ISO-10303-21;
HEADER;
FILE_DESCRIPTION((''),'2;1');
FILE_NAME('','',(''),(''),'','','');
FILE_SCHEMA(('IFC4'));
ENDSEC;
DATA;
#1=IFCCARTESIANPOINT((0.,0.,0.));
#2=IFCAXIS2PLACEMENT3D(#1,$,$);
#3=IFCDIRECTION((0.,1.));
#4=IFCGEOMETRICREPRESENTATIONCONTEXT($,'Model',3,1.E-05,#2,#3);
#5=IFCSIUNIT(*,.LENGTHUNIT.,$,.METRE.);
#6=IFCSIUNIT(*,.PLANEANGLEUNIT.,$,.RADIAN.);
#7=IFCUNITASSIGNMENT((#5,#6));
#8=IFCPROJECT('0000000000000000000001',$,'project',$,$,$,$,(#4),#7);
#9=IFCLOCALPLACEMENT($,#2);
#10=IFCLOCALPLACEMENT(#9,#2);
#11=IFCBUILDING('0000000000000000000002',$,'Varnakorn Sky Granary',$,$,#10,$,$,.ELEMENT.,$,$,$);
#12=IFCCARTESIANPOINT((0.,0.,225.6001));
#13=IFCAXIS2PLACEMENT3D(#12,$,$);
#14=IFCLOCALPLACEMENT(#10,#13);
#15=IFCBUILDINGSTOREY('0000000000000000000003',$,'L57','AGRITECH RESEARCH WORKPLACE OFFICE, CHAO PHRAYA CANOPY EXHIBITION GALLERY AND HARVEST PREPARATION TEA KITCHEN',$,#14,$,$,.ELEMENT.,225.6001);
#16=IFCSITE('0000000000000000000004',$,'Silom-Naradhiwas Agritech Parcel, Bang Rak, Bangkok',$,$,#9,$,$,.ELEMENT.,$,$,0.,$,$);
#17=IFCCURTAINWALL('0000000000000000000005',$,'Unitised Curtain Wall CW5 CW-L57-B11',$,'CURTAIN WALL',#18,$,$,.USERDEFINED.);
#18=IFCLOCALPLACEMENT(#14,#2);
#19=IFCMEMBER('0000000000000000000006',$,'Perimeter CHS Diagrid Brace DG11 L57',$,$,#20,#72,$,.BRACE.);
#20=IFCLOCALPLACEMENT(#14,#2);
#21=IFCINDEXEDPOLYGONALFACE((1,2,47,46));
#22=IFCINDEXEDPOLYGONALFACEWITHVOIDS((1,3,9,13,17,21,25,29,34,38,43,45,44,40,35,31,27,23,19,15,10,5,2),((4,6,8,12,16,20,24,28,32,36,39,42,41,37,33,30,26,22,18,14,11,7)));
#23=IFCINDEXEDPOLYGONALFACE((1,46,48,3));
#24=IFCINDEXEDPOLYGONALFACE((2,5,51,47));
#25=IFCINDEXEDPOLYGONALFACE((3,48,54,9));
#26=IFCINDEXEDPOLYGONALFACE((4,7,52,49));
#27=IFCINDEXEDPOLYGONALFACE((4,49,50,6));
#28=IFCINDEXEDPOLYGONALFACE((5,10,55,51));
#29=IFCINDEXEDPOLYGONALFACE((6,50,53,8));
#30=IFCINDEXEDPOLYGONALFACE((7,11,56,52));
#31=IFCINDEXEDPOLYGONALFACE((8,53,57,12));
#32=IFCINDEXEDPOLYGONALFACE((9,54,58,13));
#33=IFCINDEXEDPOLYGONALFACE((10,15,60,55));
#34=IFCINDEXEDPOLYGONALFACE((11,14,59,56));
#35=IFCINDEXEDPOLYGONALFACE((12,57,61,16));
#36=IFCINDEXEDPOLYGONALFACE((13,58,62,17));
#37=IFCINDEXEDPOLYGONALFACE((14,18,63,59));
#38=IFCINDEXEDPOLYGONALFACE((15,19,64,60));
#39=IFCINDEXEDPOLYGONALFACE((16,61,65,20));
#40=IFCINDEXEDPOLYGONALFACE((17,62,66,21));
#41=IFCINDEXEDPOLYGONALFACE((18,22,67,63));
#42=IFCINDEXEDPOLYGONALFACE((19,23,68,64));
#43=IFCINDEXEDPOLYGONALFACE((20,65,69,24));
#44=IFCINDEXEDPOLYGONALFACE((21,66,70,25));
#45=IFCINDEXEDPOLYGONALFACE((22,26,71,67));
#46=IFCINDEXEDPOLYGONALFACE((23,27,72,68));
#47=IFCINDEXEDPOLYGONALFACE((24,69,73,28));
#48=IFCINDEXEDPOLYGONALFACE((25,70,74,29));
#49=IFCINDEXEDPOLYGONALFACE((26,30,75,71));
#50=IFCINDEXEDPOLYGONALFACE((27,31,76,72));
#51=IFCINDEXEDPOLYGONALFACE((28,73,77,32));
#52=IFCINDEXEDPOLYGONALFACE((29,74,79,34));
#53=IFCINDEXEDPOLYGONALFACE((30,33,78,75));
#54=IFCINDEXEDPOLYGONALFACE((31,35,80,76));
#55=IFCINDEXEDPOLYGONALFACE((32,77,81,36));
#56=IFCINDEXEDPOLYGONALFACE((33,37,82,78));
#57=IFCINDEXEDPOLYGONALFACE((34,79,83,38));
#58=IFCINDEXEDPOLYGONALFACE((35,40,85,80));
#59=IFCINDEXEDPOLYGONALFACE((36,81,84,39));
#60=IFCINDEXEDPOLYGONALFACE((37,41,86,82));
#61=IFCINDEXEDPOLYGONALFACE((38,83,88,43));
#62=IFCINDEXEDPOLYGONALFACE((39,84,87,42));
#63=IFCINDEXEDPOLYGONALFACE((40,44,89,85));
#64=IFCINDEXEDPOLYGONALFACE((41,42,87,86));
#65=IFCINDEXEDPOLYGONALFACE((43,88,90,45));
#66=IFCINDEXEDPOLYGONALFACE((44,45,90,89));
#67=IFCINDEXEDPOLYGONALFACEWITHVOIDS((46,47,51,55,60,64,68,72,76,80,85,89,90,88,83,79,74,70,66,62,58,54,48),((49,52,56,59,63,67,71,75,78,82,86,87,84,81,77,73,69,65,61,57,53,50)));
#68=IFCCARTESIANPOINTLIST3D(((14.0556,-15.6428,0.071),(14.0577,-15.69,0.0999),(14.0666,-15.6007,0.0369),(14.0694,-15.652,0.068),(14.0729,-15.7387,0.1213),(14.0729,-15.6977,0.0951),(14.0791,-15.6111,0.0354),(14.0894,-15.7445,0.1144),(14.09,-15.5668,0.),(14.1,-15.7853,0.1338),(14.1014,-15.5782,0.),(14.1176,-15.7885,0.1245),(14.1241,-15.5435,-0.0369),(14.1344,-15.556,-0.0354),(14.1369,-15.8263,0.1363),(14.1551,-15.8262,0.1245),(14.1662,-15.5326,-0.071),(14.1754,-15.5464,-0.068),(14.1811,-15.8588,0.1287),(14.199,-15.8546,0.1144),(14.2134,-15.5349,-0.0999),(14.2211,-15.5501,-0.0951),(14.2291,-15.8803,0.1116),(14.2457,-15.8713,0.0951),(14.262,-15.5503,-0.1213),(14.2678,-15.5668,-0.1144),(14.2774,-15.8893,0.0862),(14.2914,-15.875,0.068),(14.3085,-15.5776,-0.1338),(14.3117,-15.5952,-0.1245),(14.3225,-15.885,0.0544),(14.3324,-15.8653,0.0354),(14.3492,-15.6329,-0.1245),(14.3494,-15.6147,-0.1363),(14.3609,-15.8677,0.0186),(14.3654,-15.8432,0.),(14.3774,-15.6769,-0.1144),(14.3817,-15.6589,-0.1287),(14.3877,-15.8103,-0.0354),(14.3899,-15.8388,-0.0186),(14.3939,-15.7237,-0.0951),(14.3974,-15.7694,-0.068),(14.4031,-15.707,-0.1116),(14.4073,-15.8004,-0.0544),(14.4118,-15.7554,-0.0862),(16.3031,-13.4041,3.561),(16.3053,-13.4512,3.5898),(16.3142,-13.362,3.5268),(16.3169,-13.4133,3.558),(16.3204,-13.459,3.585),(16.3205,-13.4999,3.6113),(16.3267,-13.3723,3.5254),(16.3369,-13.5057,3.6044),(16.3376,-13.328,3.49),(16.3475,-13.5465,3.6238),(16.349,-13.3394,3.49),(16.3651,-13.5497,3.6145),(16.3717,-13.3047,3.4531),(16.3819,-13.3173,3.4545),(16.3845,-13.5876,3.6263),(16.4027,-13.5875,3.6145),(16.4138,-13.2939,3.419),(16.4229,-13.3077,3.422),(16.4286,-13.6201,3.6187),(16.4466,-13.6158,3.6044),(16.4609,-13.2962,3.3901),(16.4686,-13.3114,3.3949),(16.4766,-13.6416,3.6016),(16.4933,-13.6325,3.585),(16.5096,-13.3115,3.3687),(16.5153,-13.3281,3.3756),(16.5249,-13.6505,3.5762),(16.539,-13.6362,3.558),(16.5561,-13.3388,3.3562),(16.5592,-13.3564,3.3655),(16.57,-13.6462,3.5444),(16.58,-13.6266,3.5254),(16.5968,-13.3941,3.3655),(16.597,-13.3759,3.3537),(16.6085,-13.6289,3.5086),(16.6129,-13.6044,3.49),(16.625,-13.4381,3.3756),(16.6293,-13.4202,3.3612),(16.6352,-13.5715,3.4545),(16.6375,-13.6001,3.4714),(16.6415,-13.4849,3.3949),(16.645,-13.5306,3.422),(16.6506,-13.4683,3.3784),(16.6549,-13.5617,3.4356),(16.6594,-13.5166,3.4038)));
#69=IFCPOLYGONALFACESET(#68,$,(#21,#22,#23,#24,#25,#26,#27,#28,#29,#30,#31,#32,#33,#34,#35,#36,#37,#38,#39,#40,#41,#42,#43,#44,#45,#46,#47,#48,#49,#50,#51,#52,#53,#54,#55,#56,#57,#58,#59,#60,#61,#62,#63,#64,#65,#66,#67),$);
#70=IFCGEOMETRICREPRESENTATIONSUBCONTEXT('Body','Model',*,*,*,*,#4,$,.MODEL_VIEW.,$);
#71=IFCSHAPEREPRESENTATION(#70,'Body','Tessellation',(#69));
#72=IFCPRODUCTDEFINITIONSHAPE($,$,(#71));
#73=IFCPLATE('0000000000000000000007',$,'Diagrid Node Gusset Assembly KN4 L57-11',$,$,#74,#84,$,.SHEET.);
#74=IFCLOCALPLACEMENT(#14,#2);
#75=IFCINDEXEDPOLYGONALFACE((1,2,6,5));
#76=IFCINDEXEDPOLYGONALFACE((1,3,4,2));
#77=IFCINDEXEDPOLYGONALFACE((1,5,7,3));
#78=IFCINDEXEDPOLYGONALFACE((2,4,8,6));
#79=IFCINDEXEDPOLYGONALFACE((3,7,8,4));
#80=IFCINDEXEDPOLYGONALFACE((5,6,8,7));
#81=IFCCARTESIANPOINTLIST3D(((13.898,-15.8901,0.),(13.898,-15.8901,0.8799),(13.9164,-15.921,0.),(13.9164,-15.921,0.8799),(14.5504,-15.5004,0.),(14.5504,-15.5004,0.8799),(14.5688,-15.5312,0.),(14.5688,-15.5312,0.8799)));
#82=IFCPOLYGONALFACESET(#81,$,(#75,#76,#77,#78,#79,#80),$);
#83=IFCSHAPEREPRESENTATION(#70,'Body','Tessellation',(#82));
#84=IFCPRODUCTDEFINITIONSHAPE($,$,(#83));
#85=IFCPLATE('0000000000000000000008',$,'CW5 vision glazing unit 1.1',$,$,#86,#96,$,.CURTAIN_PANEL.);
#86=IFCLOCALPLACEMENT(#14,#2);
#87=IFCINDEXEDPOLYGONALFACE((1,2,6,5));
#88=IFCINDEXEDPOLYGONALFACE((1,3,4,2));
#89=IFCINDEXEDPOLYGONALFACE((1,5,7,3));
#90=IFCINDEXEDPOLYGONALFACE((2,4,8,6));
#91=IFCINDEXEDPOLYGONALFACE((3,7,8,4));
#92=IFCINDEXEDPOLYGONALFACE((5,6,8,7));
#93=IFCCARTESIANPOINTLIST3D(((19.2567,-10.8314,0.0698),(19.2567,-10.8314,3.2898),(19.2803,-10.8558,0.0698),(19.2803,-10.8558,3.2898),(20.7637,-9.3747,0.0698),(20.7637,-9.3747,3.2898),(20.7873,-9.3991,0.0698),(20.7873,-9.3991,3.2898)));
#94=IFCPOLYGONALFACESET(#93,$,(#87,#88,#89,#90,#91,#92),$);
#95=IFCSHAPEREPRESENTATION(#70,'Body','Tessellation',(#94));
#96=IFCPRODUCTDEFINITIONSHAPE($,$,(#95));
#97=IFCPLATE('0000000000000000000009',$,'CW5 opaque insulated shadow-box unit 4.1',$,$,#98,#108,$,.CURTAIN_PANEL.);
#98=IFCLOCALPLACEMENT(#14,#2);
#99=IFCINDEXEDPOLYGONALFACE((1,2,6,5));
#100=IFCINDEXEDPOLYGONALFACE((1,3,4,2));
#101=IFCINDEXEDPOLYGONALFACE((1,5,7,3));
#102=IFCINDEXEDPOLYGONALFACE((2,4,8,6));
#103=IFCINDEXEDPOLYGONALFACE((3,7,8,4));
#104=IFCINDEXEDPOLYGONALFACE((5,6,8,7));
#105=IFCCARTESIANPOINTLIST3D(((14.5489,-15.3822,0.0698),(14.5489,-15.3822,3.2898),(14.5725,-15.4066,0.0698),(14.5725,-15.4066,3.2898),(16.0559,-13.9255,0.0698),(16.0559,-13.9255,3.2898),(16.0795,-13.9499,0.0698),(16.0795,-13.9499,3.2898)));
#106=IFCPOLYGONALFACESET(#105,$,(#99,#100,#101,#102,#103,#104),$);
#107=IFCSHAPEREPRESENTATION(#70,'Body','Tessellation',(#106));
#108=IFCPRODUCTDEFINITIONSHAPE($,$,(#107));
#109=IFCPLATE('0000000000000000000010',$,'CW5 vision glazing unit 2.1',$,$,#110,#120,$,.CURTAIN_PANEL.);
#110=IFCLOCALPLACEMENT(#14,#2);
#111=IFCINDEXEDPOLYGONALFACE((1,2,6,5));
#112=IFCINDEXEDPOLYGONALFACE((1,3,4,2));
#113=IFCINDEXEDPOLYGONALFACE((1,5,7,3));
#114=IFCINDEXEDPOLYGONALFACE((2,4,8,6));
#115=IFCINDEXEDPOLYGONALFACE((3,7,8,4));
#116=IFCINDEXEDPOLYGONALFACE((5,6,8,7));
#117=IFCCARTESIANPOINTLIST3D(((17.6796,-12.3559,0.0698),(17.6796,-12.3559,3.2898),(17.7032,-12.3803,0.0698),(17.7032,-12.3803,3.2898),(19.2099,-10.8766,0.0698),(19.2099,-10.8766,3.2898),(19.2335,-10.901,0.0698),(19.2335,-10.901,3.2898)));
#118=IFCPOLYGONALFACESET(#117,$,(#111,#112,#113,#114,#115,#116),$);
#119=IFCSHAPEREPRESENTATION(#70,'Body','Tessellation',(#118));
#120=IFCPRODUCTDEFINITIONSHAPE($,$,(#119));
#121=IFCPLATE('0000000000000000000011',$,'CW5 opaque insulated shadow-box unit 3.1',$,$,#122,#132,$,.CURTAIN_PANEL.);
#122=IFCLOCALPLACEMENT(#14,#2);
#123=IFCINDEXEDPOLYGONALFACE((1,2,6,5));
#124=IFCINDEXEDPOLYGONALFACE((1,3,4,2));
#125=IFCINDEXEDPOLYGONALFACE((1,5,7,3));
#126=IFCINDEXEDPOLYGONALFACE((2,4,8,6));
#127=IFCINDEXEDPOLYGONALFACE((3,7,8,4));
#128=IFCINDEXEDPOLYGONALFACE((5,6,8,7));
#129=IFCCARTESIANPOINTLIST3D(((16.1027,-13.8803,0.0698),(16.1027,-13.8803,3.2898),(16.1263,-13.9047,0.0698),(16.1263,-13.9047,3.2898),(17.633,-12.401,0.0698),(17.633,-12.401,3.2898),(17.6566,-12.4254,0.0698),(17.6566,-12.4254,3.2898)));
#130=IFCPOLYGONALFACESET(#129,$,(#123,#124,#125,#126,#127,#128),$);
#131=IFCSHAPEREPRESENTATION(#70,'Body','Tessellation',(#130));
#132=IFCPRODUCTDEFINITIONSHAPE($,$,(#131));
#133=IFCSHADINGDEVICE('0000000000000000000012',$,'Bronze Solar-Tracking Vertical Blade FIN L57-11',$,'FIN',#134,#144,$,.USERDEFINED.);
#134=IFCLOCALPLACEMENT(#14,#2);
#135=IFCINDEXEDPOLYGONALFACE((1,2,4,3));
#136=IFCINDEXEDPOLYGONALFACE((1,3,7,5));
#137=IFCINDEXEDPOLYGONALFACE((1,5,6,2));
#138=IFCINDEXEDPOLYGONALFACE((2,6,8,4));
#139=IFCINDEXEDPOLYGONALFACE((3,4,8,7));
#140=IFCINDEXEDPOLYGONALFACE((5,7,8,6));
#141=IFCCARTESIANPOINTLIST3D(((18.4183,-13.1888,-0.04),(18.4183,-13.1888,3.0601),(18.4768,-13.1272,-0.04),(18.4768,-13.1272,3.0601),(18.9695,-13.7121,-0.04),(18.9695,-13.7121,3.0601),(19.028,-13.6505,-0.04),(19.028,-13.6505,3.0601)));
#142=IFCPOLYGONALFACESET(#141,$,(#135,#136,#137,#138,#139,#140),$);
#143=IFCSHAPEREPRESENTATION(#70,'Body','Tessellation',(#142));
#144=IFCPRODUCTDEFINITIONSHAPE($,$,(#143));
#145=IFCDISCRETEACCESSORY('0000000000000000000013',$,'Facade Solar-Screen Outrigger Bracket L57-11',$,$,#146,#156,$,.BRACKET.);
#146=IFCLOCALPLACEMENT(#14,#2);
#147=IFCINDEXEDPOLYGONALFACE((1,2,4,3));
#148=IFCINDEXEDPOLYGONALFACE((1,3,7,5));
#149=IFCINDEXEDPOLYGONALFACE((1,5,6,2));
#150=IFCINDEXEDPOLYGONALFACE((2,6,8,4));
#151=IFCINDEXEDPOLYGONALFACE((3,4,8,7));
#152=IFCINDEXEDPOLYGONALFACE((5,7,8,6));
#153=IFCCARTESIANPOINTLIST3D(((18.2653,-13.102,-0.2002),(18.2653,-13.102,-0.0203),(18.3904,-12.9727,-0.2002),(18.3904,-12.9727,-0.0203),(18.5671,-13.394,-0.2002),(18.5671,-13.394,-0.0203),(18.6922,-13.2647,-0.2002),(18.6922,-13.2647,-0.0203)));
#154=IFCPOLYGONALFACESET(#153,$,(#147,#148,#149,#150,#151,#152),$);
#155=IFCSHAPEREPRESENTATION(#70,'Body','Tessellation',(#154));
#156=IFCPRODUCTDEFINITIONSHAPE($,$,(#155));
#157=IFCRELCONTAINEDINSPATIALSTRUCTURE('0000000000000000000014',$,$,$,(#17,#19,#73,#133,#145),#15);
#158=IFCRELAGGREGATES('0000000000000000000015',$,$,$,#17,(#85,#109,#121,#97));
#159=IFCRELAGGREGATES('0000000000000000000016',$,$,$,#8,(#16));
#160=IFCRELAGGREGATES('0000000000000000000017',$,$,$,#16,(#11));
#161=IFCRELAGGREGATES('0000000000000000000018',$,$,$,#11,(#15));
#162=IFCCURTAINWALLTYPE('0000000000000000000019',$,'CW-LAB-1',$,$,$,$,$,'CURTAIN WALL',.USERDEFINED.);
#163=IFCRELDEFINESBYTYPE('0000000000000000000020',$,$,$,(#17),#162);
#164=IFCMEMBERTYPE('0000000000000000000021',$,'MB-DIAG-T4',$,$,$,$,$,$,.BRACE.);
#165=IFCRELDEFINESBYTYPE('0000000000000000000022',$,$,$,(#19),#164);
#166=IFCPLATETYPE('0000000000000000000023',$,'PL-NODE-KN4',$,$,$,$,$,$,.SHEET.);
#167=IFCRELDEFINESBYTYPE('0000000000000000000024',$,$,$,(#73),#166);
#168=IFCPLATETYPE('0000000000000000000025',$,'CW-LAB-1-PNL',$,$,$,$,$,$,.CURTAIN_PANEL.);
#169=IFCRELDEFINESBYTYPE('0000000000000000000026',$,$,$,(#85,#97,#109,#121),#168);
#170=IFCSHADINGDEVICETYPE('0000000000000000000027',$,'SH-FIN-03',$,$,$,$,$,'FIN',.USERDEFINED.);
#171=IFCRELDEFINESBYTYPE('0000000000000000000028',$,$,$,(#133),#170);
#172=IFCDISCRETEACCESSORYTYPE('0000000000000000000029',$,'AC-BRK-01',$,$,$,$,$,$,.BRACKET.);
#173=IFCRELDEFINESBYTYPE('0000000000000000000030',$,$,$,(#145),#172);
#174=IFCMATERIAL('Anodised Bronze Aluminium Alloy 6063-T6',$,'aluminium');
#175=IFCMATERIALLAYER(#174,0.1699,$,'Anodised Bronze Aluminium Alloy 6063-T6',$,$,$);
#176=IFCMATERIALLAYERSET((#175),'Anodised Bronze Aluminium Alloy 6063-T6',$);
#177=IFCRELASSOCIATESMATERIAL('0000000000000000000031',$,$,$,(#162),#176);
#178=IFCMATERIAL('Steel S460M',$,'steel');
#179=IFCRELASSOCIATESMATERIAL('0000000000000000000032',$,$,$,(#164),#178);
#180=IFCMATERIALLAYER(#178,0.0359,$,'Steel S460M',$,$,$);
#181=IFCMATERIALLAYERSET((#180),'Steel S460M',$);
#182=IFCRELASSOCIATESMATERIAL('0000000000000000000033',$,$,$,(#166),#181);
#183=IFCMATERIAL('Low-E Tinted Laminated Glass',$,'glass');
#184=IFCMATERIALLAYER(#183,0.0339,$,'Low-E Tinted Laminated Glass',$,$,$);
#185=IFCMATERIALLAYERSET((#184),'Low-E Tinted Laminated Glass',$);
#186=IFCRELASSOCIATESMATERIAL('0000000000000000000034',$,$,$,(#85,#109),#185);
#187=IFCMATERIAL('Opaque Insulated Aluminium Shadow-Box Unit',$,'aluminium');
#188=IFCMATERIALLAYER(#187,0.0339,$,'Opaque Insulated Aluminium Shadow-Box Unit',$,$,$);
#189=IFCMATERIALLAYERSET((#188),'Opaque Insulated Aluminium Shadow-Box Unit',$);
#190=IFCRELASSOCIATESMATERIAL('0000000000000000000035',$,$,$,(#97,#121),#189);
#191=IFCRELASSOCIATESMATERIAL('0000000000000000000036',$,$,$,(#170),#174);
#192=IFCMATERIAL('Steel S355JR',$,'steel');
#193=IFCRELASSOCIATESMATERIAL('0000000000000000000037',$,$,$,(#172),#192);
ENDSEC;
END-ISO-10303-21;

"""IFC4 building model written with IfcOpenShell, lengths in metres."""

from ifc_helpers import new_model, si_unit, direction, frame, origin, origin_2d, place, context, subcontext, project, spatial, rectangle, hollow_circle, extrude, source, transform, mapped, material, layer, layer_set, material_profile, profile_set, type_object, type_shapes, element, aggregate, save


model = new_model("IFC4")

# Units and contexts
model_context = context("Model", 3, precision=1e-05, world=origin(), true_north=direction((0.0, 1.0)))
body_context = subcontext(model_context, "Body", "Model", "MODEL_VIEW")
ifc_project = project(units=[si_unit("LENGTHUNIT", "METRE"), si_unit("PLANEANGLEUNIT", "RADIAN")], contexts=[model_context])

# Site, building, storey
site_placement = place(None, origin())
site = spatial("IfcSite", under=ifc_project, at=site_placement, Name="Silom-Naradhiwas Agritech Parcel, Bang Rak, Bangkok", CompositionType="ELEMENT", RefElevation=0.0)
building_placement = place(site_placement, origin())
building = spatial("IfcBuilding", under=site, at=building_placement, Name="Varnakorn Sky Granary", CompositionType="ELEMENT")
storey_placement = place(building_placement, frame((0.0, 0.0, 225.6001)))
storey = spatial("IfcBuildingStorey", under=building, at=storey_placement, Name="L57", Description="AGRITECH RESEARCH WORKPLACE OFFICE, CHAO PHRAYA CANOPY EXHIBITION GALLERY AND HARVEST PREPARATION TEA KITCHEN", CompositionType="ELEMENT", Elevation=225.6001)

# Shared definitions
ifc_material_1 = material(Name="Steel S460M", Category="steel")

# Shared definitions
ifc_material_2 = material(Name="Steel S355JR", Category="steel")

# Curtain wall
ifc_material_3 = material(Name="Anodised Bronze Aluminium Alloy 6063-T6", Category="aluminium")
ifc_layer_1 = layer(ifc_material_3, 0.1699, Name="Anodised Bronze Aluminium Alloy 6063-T6")
ifc_layer_set_1 = layer_set([ifc_layer_1], Name="Anodised Bronze Aluminium Alloy 6063-T6")
curtain_wall_type = type_object("IfcCurtainWallType", Name="CW-LAB-1", ElementType="CURTAIN WALL", PredefinedType="USERDEFINED", material=ifc_layer_set_1)
curtain_wall_placement = place(storey_placement, origin())
curtain_wall = element("IfcCurtainWall", 1, at=curtain_wall_placement, inside=storey, type_object=curtain_wall_type, Name="Unitised Curtain Wall CW5 CW-L57-B11", ObjectType="CURTAIN WALL", PredefinedType="USERDEFINED")

# Member
ifc_material_profile_1 = material_profile(ifc_material_1, hollow_circle(Radius=0.2031, WallThickness=0.0161, at=origin_2d()), Name="CHS 406.4x16")
ifc_profile_set_1 = profile_set([ifc_material_profile_1], Name="Steel S460M")
member_type_1 = type_object("IfcMemberType", Name="MB-DIAG-T4", PredefinedType="BRACE", material=ifc_profile_set_1)
member_1_placement = place(storey_placement, frame((14.2334, -15.7107, 0.0), z_axis=(0.47655, 0.474686, 0.739982), x_axis=(-0.70572, 0.708491, 0.0)))
element("IfcMember", 2, at=member_1_placement, inside=storey, type_object=member_type_1, Name="Perimeter CHS Diagrid Brace DG11 L57", PredefinedType="BRACE", context=body_context, shape_type="SweptSolid", body=[
    extrude(hollow_circle(Radius=0.2031, WallThickness=0.0161, at=origin_2d()), origin(), (0.0, 0.0, 1.0), 4.7163),
])

# Plates
ifc_layer_2 = layer(ifc_material_1, 0.0359, Name="Steel S460M")
ifc_layer_set_2 = layer_set([ifc_layer_2], Name="Steel S460M")
plate_type_1 = type_object("IfcPlateType", Name="PL-NODE-KN4", PredefinedType="SHEET", material=ifc_layer_set_2)
plate_1_placement = place(storey_placement, frame((14.2334, -15.7107, 0.0), z_axis=(0.0, 0.0, 1.0), x_axis=(0.858524, 0.512773, 0.0)))
element("IfcPlate", 3, at=plate_1_placement, inside=storey, type_object=plate_type_1, Name="Diagrid Node Gusset Assembly KN4 L57-11", PredefinedType="SHEET", context=body_context, shape_type="SweptSolid", body=[
    extrude(rectangle(XDim=0.76, YDim=0.0359, at=origin_2d()), origin(), (0.0, 0.0, 1.0), 0.8799),
])
ifc_material_4 = material(Name="Low-E Tinted Laminated Glass", Category="glass")
ifc_layer_3 = layer(ifc_material_4, 0.0339, Name="Low-E Tinted Laminated Glass")
ifc_layer_set_3 = layer_set([ifc_layer_3], Name="Low-E Tinted Laminated Glass")
plate_type_2 = type_object("IfcPlateType", Name="CW-LAB-1-PNL", PredefinedType="CURTAIN_PANEL")
shared_shape_1 = source(origin(), body_context, "Body", "SweptSolid", [
    extrude(rectangle(XDim=2.0959, YDim=0.0339, at=origin_2d()), origin(), (0.0, 0.0, 1.0), 3.22),
])
plate_2_placement = place(storey_placement, frame((20.022, -10.1152, 0.0698), z_axis=(0.0, 0.0, 1.0), x_axis=(-0.719001, -0.695009, 0.0)))
plate_2 = element("IfcPlate", 4, at=plate_2_placement, type_object=plate_type_2, material=ifc_layer_set_3, Name="CW5 vision glazing unit 1.1", PredefinedType="CURTAIN_PANEL", context=body_context, shape_type="MappedRepresentation", body=[
    mapped(shared_shape_1, transform((0.0, 0.0, 0.0), x_axis=(1.0, 0.0, 0.0), y_axis=(0.0, 1.0, 0.0), z_axis=(0.0, 0.0, 1.0), scale=1.0)),
])
ifc_material_5 = material(Name="Opaque Insulated Aluminium Shadow-Box Unit", Category="aluminium")
ifc_layer_4 = layer(ifc_material_5, 0.0339, Name="Opaque Insulated Aluminium Shadow-Box Unit")
ifc_layer_set_4 = layer_set([ifc_layer_4], Name="Opaque Insulated Aluminium Shadow-Box Unit")
plate_3_placement = place(storey_placement, frame((15.3142, -14.666, 0.0698), z_axis=(0.0, 0.0, 1.0), x_axis=(-0.719001, -0.695009, 0.0)))
plate_3 = element("IfcPlate", 5, at=plate_3_placement, type_object=plate_type_2, material=ifc_layer_set_4, Name="CW5 opaque insulated shadow-box unit 4.1", PredefinedType="CURTAIN_PANEL", context=body_context, shape_type="MappedRepresentation", body=[
    mapped(shared_shape_1, transform((0.0, 0.0, 0.0), x_axis=(1.0, 0.0, 0.0), y_axis=(0.0, 1.0, 0.0), z_axis=(0.0, 0.0, 1.0), scale=1.0)),
])
shared_shape_2 = source(origin(), body_context, "Body", "SweptSolid", [
    extrude(rectangle(XDim=2.1284, YDim=0.0339, at=origin_2d()), origin(), (0.0, 0.0, 1.0), 3.22),
])
type_shapes(plate_type_2, [shared_shape_1, shared_shape_2])
plate_4_placement = place(storey_placement, frame((18.4565, -11.6284, 0.0698), z_axis=(0.0, 0.0, 1.0), x_axis=(-0.719001, -0.695009, 0.0)))
plate_4 = element("IfcPlate", 6, at=plate_4_placement, type_object=plate_type_2, material=ifc_layer_set_3, Name="CW5 vision glazing unit 2.1", PredefinedType="CURTAIN_PANEL", context=body_context, shape_type="MappedRepresentation", body=[
    mapped(shared_shape_2, transform((0.0, 0.0, 0.0), x_axis=(1.0, 0.0, 0.0), y_axis=(0.0, 1.0, 0.0), z_axis=(0.0, 0.0, 1.0), scale=1.0)),
])
plate_5_placement = place(storey_placement, frame((16.8796, -13.1528, 0.0698), z_axis=(0.0, 0.0, 1.0), x_axis=(-0.719001, -0.695009, 0.0)))
plate_5 = element("IfcPlate", 7, at=plate_5_placement, type_object=plate_type_2, material=ifc_layer_set_4, Name="CW5 opaque insulated shadow-box unit 3.1", PredefinedType="CURTAIN_PANEL", context=body_context, shape_type="MappedRepresentation", body=[
    mapped(shared_shape_2, transform((0.0, 0.0, 0.0), x_axis=(1.0, 0.0, 0.0), y_axis=(0.0, 1.0, 0.0), z_axis=(0.0, 0.0, 1.0), scale=1.0)),
])
aggregate(curtain_wall, [plate_2, plate_4, plate_5, plate_3])

# Shading device
shading_device_type = type_object("IfcShadingDeviceType", Name="SH-FIN-03", ElementType="FIN", PredefinedType="USERDEFINED", material=ifc_material_3)
shared_shape_3 = source(origin(), body_context, "Body", "SweptSolid", [
    extrude(rectangle(XDim=0.085, YDim=0.76, at=origin_2d()), origin(), (0.0, 0.0, 1.0), 3.1001),
])
type_shapes(shading_device_type, [shared_shape_3])
shading_device_placement = place(storey_placement, frame((18.7231, -13.4197, -0.04), z_axis=(0.0, 0.0, 1.0), x_axis=(0.688567, 0.725173, 0.0)))
element("IfcShadingDevice", 8, at=shading_device_placement, inside=storey, type_object=shading_device_type, Name="Bronze Solar-Tracking Vertical Blade FIN L57-11", ObjectType="FIN", PredefinedType="USERDEFINED", context=body_context, shape_type="MappedRepresentation", body=[
    mapped(shared_shape_3, transform((0.0, 0.0, 0.0), x_axis=(1.0, 0.0, 0.0), y_axis=(0.0, 1.0, 0.0), z_axis=(0.0, 0.0, 1.0), scale=1.0)),
])

# Discrete accessory
discrete_accessory_type = type_object("IfcDiscreteAccessoryType", Name="AC-BRK-01", PredefinedType="BRACKET", material=ifc_material_2)
shared_shape_4 = source(origin(), body_context, "Body", "SweptSolid", [
    extrude(rectangle(XDim=0.1799, YDim=0.4199, at=origin_2d()), origin(), (0.0, 0.0, 1.0), 0.1799),
])
type_shapes(discrete_accessory_type, [shared_shape_4])
discrete_accessory_placement = place(storey_placement, frame((18.4788, -13.1833, -0.2002), z_axis=(0.0, 0.0, 1.0), x_axis=(0.695264, 0.718755, 0.0)))
element("IfcDiscreteAccessory", 9, at=discrete_accessory_placement, inside=storey, type_object=discrete_accessory_type, Name="Facade Solar-Screen Outrigger Bracket L57-11", PredefinedType="BRACKET", context=body_context, shape_type="MappedRepresentation", body=[
    mapped(shared_shape_4, transform((0.0, 0.0, 0.0), x_axis=(1.0, 0.0, 0.0), y_axis=(0.0, 1.0, 0.0), z_axis=(0.0, 0.0, 1.0), scale=1.0)),
])

save(model, "model.ifc")
